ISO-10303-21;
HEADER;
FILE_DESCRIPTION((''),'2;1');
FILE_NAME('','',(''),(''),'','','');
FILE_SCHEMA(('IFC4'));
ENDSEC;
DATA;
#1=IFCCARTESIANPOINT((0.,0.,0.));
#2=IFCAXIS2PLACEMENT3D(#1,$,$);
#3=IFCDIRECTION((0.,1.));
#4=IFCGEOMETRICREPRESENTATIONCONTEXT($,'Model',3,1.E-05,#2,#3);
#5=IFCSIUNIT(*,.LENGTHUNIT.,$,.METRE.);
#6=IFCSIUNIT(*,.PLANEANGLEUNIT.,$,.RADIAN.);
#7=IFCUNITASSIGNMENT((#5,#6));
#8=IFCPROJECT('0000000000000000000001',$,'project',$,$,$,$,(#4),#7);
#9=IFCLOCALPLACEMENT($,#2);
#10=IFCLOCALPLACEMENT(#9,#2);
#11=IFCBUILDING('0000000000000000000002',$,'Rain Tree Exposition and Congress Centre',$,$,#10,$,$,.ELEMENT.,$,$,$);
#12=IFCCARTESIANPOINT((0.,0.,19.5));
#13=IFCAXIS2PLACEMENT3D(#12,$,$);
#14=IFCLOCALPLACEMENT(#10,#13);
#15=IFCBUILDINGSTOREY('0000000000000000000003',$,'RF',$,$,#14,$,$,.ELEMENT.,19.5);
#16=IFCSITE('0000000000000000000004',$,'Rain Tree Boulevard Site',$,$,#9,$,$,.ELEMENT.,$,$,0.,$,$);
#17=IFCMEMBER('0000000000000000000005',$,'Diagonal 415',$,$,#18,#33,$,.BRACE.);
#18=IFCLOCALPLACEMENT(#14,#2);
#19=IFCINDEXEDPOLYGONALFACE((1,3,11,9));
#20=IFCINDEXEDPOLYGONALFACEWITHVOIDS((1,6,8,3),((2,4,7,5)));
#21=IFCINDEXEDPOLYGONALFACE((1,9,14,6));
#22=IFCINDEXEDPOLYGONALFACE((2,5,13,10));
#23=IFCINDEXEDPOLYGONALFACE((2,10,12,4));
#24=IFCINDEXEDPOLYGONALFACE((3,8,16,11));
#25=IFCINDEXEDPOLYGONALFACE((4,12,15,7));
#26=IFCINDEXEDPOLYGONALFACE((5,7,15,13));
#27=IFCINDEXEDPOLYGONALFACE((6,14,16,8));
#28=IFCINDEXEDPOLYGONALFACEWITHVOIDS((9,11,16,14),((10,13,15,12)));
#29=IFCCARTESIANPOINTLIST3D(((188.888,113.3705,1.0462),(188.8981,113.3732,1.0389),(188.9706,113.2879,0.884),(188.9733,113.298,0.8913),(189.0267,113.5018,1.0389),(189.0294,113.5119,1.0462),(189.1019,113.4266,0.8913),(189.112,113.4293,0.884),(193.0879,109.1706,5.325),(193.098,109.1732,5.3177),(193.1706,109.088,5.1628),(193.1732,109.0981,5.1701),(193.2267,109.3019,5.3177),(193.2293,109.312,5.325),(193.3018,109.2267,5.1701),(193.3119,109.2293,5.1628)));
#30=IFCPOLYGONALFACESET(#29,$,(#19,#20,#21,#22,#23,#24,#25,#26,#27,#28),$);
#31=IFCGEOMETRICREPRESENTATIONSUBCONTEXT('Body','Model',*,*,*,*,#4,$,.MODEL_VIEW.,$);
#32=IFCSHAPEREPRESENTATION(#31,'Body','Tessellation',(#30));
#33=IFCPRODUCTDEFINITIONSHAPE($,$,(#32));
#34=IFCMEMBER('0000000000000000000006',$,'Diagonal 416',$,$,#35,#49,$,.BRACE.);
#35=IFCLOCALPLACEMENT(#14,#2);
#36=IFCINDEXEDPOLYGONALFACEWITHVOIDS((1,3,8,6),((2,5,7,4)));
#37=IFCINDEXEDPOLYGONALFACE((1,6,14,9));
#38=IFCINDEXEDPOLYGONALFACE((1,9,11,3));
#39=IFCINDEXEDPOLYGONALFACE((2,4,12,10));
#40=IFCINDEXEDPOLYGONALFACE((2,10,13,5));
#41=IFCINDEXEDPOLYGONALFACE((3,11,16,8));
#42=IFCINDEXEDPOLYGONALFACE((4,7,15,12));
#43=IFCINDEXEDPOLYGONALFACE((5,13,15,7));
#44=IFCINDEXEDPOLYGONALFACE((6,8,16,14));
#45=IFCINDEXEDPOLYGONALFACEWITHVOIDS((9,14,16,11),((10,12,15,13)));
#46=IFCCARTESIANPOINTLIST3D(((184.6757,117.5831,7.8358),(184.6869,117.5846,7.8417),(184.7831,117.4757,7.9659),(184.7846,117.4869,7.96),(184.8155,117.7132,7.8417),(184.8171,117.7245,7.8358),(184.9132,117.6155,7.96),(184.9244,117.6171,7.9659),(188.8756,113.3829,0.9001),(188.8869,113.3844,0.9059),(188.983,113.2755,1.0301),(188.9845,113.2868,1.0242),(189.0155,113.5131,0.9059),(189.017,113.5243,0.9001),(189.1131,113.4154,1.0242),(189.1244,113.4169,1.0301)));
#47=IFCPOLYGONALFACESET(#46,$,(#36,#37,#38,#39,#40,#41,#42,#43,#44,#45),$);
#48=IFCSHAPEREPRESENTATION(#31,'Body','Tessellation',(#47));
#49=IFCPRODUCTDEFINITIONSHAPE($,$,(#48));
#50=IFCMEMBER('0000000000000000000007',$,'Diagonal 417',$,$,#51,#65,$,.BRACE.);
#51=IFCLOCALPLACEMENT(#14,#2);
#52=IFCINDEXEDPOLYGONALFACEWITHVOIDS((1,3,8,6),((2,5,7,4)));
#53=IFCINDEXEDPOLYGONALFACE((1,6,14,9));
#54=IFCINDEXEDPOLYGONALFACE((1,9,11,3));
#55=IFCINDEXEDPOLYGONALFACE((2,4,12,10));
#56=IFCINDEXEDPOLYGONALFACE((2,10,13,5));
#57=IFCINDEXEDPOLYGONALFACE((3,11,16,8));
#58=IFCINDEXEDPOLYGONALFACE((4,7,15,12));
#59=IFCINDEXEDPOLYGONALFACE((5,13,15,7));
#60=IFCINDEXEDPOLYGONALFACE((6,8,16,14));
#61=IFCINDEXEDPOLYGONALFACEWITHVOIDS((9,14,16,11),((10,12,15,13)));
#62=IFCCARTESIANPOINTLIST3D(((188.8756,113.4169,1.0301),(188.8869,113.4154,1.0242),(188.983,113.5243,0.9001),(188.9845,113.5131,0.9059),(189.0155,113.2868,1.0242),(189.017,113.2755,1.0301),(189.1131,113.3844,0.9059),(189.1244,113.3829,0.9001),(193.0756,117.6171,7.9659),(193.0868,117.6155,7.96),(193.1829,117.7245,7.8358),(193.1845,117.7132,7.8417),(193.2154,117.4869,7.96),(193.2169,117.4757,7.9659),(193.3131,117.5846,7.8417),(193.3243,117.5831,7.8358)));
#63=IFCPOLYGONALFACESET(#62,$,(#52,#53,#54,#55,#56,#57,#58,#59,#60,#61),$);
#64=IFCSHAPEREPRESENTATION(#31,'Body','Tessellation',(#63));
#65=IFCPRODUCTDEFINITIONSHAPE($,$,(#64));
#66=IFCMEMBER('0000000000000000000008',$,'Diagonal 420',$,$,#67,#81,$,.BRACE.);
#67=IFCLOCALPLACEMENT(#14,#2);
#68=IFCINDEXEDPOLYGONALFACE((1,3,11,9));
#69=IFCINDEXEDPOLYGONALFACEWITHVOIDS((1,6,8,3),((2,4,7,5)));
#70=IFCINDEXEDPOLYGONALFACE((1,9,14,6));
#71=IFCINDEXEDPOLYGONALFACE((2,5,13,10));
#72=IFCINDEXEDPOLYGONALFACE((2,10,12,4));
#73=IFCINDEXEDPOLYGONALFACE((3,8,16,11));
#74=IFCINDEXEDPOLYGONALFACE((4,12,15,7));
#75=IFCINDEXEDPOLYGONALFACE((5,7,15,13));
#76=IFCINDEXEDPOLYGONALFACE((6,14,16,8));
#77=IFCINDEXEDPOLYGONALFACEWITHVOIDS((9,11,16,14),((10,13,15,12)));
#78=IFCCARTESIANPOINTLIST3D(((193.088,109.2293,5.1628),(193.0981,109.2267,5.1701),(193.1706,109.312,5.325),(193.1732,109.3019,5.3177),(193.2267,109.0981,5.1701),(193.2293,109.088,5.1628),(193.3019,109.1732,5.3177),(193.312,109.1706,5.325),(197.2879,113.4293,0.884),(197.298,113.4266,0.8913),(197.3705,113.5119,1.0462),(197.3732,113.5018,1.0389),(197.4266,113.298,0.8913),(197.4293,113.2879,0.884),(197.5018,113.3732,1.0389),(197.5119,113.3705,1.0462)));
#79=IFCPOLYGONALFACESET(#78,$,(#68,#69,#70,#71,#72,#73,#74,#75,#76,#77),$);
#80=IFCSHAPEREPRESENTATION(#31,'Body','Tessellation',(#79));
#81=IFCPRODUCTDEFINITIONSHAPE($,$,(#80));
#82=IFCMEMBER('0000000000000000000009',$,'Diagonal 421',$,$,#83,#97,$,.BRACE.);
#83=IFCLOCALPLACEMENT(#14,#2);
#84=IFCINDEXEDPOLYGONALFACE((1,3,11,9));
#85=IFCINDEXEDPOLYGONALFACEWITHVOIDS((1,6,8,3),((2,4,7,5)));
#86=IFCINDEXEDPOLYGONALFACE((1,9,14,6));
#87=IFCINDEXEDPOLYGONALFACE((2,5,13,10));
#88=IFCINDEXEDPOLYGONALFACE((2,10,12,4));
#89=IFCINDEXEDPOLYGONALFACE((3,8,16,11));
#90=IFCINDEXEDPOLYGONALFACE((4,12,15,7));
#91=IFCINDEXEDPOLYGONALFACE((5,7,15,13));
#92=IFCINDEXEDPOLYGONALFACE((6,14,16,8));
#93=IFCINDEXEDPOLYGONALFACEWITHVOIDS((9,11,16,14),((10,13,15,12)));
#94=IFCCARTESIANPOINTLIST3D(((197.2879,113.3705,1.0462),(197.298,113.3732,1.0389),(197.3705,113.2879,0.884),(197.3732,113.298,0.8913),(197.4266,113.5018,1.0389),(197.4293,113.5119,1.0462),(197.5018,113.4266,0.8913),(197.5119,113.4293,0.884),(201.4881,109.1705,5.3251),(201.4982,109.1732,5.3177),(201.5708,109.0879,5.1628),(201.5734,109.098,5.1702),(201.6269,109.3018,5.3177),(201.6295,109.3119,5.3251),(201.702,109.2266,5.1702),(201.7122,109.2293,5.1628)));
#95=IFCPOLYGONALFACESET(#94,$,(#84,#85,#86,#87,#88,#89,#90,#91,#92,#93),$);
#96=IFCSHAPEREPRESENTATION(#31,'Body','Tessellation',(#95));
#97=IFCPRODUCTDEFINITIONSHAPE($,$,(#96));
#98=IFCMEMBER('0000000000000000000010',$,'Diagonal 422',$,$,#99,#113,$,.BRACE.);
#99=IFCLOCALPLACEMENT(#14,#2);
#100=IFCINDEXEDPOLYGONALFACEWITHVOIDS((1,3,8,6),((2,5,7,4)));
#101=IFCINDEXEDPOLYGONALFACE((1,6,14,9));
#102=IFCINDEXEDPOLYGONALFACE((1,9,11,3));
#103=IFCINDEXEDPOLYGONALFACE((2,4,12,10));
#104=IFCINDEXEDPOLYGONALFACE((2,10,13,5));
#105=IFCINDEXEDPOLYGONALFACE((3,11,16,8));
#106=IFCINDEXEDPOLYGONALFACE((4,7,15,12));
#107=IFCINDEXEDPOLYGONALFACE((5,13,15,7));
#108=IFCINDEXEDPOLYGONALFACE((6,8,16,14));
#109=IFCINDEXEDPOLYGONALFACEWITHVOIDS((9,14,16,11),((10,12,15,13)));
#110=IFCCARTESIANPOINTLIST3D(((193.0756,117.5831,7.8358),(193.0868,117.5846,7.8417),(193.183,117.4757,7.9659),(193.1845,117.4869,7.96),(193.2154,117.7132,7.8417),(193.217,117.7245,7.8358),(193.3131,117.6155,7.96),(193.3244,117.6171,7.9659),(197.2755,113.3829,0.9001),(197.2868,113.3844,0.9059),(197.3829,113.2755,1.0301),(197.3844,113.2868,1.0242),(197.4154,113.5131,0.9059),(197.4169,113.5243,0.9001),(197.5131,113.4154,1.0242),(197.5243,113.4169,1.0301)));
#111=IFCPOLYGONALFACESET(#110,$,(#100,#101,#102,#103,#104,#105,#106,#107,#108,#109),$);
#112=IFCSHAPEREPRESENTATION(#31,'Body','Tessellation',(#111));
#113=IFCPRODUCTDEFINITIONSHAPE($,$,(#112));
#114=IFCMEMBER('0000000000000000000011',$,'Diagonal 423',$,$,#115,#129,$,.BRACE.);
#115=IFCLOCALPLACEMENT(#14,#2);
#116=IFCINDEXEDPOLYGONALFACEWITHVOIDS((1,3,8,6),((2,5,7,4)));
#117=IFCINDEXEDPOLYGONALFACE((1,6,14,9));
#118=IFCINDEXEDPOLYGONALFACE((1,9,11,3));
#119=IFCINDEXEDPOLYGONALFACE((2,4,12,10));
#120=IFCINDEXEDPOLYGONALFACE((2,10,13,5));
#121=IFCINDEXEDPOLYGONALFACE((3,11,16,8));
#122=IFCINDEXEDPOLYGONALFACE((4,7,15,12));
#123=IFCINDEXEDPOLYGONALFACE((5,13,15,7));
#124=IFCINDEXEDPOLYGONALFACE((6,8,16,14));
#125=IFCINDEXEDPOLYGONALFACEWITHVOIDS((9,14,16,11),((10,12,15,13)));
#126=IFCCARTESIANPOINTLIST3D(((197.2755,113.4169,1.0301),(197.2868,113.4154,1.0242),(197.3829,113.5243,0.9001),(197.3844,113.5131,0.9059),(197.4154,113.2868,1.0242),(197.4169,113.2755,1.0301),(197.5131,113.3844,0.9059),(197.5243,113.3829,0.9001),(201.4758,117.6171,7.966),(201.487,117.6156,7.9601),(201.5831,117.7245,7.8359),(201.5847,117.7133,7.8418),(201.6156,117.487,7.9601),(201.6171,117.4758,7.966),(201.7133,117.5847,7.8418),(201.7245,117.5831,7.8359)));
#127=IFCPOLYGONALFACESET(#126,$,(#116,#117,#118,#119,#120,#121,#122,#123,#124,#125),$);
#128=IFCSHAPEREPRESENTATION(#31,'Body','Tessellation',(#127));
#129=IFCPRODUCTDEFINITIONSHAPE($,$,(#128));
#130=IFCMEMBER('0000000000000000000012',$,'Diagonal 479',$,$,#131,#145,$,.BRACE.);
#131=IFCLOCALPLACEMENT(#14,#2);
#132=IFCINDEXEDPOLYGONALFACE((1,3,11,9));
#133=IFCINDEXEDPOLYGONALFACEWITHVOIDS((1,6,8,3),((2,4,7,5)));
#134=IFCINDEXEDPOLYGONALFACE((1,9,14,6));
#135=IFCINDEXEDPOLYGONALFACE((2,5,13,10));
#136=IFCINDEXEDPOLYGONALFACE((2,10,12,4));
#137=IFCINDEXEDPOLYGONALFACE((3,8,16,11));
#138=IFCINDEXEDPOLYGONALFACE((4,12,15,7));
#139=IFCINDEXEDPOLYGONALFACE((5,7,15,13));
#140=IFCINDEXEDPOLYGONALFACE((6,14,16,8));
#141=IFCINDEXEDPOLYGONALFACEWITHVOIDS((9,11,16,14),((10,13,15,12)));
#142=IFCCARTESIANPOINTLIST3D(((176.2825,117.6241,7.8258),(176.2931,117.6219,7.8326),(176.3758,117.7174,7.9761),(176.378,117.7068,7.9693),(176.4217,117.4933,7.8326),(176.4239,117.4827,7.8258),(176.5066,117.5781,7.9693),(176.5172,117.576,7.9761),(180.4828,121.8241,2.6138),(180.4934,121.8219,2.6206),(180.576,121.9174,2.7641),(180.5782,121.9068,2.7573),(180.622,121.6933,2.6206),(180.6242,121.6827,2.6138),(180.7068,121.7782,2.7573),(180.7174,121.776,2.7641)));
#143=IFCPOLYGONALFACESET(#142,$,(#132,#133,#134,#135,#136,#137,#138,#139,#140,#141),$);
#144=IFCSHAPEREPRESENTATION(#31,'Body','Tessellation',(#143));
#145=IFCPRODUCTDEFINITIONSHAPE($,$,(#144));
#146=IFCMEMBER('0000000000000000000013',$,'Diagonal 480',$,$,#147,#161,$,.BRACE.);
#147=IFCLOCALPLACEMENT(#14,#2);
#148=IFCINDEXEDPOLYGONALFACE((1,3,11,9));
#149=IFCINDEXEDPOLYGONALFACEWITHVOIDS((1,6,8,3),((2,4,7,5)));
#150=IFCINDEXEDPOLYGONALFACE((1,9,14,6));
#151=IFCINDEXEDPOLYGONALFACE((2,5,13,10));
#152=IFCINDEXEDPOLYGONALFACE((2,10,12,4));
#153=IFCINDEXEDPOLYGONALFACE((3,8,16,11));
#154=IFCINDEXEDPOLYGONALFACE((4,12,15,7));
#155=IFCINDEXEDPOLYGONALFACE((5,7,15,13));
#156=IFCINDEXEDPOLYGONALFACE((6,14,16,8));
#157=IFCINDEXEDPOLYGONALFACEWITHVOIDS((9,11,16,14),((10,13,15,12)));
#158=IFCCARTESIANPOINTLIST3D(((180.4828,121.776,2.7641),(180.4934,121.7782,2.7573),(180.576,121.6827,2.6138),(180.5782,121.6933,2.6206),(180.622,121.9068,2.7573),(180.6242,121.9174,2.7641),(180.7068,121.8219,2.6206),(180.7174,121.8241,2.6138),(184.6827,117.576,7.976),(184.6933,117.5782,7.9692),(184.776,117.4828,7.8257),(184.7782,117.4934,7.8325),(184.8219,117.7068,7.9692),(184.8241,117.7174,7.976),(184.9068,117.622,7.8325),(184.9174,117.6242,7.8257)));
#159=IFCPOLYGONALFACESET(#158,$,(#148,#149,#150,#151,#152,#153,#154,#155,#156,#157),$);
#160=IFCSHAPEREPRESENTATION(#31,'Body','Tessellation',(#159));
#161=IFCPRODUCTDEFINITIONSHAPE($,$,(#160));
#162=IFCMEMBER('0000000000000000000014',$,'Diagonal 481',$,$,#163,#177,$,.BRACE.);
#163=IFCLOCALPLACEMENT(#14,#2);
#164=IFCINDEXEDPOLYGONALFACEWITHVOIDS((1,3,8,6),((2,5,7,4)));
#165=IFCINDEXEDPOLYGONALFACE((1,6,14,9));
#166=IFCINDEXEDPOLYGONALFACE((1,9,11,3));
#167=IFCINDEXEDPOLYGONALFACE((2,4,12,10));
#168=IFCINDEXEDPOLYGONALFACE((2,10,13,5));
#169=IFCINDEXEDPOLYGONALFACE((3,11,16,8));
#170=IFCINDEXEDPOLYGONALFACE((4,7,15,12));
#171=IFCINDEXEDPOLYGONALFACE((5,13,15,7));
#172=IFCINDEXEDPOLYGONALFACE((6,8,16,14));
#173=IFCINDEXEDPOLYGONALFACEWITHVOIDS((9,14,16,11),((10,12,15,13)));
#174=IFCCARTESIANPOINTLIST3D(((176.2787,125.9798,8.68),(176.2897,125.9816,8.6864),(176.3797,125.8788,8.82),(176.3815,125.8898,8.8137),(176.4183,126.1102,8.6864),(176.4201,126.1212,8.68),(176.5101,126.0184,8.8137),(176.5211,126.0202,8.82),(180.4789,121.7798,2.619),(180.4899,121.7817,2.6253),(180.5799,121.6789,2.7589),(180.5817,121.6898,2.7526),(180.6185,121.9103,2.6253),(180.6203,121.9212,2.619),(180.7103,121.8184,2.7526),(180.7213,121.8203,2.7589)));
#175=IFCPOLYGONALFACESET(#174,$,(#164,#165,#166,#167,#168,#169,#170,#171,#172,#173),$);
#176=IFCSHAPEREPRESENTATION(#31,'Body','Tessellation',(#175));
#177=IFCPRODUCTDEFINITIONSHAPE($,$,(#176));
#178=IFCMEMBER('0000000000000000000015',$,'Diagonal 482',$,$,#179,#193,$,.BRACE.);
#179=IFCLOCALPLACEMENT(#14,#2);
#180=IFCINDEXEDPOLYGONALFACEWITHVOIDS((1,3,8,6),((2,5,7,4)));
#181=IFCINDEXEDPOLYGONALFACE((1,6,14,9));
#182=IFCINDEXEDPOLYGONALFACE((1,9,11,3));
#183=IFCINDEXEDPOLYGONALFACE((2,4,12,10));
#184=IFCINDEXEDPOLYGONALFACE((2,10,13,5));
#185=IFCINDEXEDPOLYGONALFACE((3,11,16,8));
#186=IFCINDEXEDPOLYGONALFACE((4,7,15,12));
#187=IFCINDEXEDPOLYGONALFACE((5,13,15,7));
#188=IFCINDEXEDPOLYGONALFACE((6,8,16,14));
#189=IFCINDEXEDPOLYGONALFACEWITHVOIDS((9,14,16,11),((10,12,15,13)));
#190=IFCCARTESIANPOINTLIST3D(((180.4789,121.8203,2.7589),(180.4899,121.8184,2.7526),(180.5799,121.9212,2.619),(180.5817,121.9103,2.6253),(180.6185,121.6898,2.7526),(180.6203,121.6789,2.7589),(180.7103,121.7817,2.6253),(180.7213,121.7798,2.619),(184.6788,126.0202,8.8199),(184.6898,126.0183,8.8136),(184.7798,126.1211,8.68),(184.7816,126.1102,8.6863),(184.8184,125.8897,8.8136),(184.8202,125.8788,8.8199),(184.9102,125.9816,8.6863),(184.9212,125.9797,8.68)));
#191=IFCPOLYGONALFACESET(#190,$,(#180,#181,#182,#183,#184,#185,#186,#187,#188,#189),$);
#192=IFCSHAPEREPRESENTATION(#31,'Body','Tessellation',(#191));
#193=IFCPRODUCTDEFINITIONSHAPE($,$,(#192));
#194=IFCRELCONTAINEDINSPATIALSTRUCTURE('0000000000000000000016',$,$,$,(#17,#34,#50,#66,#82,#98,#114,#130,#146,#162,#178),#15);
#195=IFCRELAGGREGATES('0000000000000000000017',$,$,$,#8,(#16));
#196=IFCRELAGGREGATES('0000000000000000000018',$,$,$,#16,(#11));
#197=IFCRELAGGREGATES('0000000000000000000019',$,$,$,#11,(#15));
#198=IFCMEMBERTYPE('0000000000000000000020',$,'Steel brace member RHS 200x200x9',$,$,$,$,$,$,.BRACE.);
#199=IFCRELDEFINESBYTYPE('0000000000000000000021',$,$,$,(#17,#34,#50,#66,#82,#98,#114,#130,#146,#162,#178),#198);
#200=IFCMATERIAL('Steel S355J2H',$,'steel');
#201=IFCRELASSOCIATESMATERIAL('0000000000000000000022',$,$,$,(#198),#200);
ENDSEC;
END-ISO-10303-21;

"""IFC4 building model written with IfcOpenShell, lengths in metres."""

from ifc_helpers import new_model, si_unit, direction, frame, origin, origin_2d, place, context, subcontext, project, spatial, hollow_rectangle, extrude, material, material_profile, profile_set, type_object, element, save


model = new_model("IFC4")

# Units and contexts
model_context = context("Model", 3, precision=1e-05, world=origin(), true_north=direction((0.0, 1.0)))
body_context = subcontext(model_context, "Body", "Model", "MODEL_VIEW")
ifc_project = project(units=[si_unit("LENGTHUNIT", "METRE"), si_unit("PLANEANGLEUNIT", "RADIAN")], contexts=[model_context])

# Site, building, storey
site_placement = place(None, origin())
site = spatial("IfcSite", under=ifc_project, at=site_placement, Name="Rain Tree Boulevard Site", CompositionType="ELEMENT", RefElevation=0.0)
building_placement = place(site_placement, origin())
building = spatial("IfcBuilding", under=site, at=building_placement, Name="Rain Tree Exposition and Congress Centre", CompositionType="ELEMENT")
storey_placement = place(building_placement, frame((0.0, 0.0, 19.5)))
storey = spatial("IfcBuildingStorey", under=building, at=storey_placement, Name="RF", CompositionType="ELEMENT", Elevation=19.5)

# Members
ifc_material_1 = material(Name="Steel S355J2H", Category="steel")
ifc_material_profile_1 = material_profile(ifc_material_1, hollow_rectangle(XDim=0.2, YDim=0.2, WallThickness=0.009, at=origin_2d()), Name="RHS 200x200x9")
ifc_profile_set_1 = profile_set([ifc_material_profile_1], Name="Steel S355J2H")
member_type_1 = type_object("IfcMemberType", Name="Steel brace member RHS 200x200x9", PredefinedType="BRACE", material=ifc_profile_set_1)
member_1_placement = place(storey_placement, frame((189.0, 113.3999, 0.9651), z_axis=(0.573737, -0.573737, 0.58451), x_axis=(0.707107, 0.707107, 0.0)))
element("IfcMember", 1, at=member_1_placement, inside=storey, type_object=member_type_1, Name="Diagonal 415", PredefinedType="BRACE", context=body_context, shape_type="SweptSolid", body=[
    extrude(hollow_rectangle(XDim=0.2, YDim=0.2, WallThickness=0.009, at=origin_2d()), origin(), (0.0, 0.0, 1.0), 7.3203),
])
for number, where, z_axis, x_axis, name in (
    (2, (189.0, 113.3999, 0.9651), (-0.459935, 0.459962, 0.759536), (-0.707127, -0.707086, 0.0), "Diagonal 416"),
    (3, (189.0, 113.3999, 0.9651), (0.459935, 0.459962, 0.759536), (-0.707127, 0.707086, 0.0), "Diagonal 417"),
):
    element("IfcMember", number, at=place(storey_placement, frame(where, z_axis=z_axis, x_axis=x_axis)), inside=storey, type_object=member_type_1, Name=name, PredefinedType="BRACE", context=body_context, shape_type="SweptSolid", body=[
        extrude(hollow_rectangle(XDim=0.2, YDim=0.2, WallThickness=0.009, at=origin_2d()), origin(), (0.0, 0.0, 1.0), 9.1316),
    ])
member_2_placement = place(storey_placement, frame((197.3999, 113.3999, 0.9651), z_axis=(-0.573737, -0.573737, 0.58451), x_axis=(0.707107, -0.707107, 0.0)))
element("IfcMember", 4, at=member_2_placement, inside=storey, type_object=member_type_1, Name="Diagonal 420", PredefinedType="BRACE", context=body_context, shape_type="SweptSolid", body=[
    extrude(hollow_rectangle(XDim=0.2, YDim=0.2, WallThickness=0.009, at=origin_2d()), origin(), (0.0, 0.0, 1.0), 7.3203),
])
member_3_placement = place(storey_placement, frame((197.3999, 113.3999, 0.9651), z_axis=(0.57376, -0.573726, 0.584498), x_axis=(0.707086, 0.707127, 0.0)))
element("IfcMember", 5, at=member_3_placement, inside=storey, type_object=member_type_1, Name="Diagonal 421", PredefinedType="BRACE", context=body_context, shape_type="SweptSolid", body=[
    extrude(hollow_rectangle(XDim=0.2, YDim=0.2, WallThickness=0.009, at=origin_2d()), origin(), (0.0, 0.0, 1.0), 7.3206),
])
member_4_placement = place(storey_placement, frame((197.3999, 113.3999, 0.9651), z_axis=(-0.459935, 0.459962, 0.759536), x_axis=(-0.707127, -0.707086, 0.0)))
element("IfcMember", 6, at=member_4_placement, inside=storey, type_object=member_type_1, Name="Diagonal 422", PredefinedType="BRACE", context=body_context, shape_type="SweptSolid", body=[
    extrude(hollow_rectangle(XDim=0.2, YDim=0.2, WallThickness=0.009, at=origin_2d()), origin(), (0.0, 0.0, 1.0), 9.1316),
])
member_5_placement = place(storey_placement, frame((197.3999, 113.3999, 0.9651), z_axis=(0.459956, 0.459956, 0.759527), x_axis=(-0.707107, 0.707107, 0.0)))
element("IfcMember", 7, at=member_5_placement, inside=storey, type_object=member_type_1, Name="Diagonal 423", PredefinedType="BRACE", context=body_context, shape_type="SweptSolid", body=[
    extrude(hollow_rectangle(XDim=0.2, YDim=0.2, WallThickness=0.009, at=origin_2d()), origin(), (0.0, 0.0, 1.0), 9.1318),
])
member_6_placement = place(storey_placement, frame((180.6001, 121.8, 2.689), z_axis=(-0.53152, -0.531489, 0.65955), x_axis=(0.707086, -0.707127, 0.0)))
element("IfcMember", 8, at=member_6_placement, inside=storey, type_object=member_type_1, Name="Diagonal 479", PredefinedType="BRACE", context=body_context, shape_type="SweptSolid", body=[
    extrude(hollow_rectangle(XDim=0.2, YDim=0.2, WallThickness=0.009, at=origin_2d()), origin(), (0.0, 0.0, 1.0), 7.9023),
])
member_7_placement = place(storey_placement, frame((180.6001, 121.8, 2.689), z_axis=(0.531498, -0.531498, 0.65956), x_axis=(0.707107, 0.707107, 0.0)))
element("IfcMember", 9, at=member_7_placement, inside=storey, type_object=member_type_1, Name="Diagonal 480", PredefinedType="BRACE", context=body_context, shape_type="SweptSolid", body=[
    extrude(hollow_rectangle(XDim=0.2, YDim=0.2, WallThickness=0.009, at=origin_2d()), origin(), (0.0, 0.0, 1.0), 7.9021),
])
member_8_placement = place(storey_placement, frame((180.6001, 121.8, 2.689), z_axis=(-0.494938, 0.494909, 0.714214), x_axis=(-0.707086, -0.707127, 0.0)))
element("IfcMember", 10, at=member_8_placement, inside=storey, type_object=member_type_1, Name="Diagonal 481", PredefinedType="BRACE", context=body_context, shape_type="SweptSolid", body=[
    extrude(hollow_rectangle(XDim=0.2, YDim=0.2, WallThickness=0.009, at=origin_2d()), origin(), (0.0, 0.0, 1.0), 8.4863),
])
member_9_placement = place(storey_placement, frame((180.6001, 121.8, 2.689), z_axis=(0.494916, 0.494916, 0.714224), x_axis=(-0.707107, 0.707107, 0.0)))
element("IfcMember", 11, at=member_9_placement, inside=storey, type_object=member_type_1, Name="Diagonal 482", PredefinedType="BRACE", context=body_context, shape_type="SweptSolid", body=[
    extrude(hollow_rectangle(XDim=0.2, YDim=0.2, WallThickness=0.009, at=origin_2d()), origin(), (0.0, 0.0, 1.0), 8.4861),
])

save(model, "model.ifc")
